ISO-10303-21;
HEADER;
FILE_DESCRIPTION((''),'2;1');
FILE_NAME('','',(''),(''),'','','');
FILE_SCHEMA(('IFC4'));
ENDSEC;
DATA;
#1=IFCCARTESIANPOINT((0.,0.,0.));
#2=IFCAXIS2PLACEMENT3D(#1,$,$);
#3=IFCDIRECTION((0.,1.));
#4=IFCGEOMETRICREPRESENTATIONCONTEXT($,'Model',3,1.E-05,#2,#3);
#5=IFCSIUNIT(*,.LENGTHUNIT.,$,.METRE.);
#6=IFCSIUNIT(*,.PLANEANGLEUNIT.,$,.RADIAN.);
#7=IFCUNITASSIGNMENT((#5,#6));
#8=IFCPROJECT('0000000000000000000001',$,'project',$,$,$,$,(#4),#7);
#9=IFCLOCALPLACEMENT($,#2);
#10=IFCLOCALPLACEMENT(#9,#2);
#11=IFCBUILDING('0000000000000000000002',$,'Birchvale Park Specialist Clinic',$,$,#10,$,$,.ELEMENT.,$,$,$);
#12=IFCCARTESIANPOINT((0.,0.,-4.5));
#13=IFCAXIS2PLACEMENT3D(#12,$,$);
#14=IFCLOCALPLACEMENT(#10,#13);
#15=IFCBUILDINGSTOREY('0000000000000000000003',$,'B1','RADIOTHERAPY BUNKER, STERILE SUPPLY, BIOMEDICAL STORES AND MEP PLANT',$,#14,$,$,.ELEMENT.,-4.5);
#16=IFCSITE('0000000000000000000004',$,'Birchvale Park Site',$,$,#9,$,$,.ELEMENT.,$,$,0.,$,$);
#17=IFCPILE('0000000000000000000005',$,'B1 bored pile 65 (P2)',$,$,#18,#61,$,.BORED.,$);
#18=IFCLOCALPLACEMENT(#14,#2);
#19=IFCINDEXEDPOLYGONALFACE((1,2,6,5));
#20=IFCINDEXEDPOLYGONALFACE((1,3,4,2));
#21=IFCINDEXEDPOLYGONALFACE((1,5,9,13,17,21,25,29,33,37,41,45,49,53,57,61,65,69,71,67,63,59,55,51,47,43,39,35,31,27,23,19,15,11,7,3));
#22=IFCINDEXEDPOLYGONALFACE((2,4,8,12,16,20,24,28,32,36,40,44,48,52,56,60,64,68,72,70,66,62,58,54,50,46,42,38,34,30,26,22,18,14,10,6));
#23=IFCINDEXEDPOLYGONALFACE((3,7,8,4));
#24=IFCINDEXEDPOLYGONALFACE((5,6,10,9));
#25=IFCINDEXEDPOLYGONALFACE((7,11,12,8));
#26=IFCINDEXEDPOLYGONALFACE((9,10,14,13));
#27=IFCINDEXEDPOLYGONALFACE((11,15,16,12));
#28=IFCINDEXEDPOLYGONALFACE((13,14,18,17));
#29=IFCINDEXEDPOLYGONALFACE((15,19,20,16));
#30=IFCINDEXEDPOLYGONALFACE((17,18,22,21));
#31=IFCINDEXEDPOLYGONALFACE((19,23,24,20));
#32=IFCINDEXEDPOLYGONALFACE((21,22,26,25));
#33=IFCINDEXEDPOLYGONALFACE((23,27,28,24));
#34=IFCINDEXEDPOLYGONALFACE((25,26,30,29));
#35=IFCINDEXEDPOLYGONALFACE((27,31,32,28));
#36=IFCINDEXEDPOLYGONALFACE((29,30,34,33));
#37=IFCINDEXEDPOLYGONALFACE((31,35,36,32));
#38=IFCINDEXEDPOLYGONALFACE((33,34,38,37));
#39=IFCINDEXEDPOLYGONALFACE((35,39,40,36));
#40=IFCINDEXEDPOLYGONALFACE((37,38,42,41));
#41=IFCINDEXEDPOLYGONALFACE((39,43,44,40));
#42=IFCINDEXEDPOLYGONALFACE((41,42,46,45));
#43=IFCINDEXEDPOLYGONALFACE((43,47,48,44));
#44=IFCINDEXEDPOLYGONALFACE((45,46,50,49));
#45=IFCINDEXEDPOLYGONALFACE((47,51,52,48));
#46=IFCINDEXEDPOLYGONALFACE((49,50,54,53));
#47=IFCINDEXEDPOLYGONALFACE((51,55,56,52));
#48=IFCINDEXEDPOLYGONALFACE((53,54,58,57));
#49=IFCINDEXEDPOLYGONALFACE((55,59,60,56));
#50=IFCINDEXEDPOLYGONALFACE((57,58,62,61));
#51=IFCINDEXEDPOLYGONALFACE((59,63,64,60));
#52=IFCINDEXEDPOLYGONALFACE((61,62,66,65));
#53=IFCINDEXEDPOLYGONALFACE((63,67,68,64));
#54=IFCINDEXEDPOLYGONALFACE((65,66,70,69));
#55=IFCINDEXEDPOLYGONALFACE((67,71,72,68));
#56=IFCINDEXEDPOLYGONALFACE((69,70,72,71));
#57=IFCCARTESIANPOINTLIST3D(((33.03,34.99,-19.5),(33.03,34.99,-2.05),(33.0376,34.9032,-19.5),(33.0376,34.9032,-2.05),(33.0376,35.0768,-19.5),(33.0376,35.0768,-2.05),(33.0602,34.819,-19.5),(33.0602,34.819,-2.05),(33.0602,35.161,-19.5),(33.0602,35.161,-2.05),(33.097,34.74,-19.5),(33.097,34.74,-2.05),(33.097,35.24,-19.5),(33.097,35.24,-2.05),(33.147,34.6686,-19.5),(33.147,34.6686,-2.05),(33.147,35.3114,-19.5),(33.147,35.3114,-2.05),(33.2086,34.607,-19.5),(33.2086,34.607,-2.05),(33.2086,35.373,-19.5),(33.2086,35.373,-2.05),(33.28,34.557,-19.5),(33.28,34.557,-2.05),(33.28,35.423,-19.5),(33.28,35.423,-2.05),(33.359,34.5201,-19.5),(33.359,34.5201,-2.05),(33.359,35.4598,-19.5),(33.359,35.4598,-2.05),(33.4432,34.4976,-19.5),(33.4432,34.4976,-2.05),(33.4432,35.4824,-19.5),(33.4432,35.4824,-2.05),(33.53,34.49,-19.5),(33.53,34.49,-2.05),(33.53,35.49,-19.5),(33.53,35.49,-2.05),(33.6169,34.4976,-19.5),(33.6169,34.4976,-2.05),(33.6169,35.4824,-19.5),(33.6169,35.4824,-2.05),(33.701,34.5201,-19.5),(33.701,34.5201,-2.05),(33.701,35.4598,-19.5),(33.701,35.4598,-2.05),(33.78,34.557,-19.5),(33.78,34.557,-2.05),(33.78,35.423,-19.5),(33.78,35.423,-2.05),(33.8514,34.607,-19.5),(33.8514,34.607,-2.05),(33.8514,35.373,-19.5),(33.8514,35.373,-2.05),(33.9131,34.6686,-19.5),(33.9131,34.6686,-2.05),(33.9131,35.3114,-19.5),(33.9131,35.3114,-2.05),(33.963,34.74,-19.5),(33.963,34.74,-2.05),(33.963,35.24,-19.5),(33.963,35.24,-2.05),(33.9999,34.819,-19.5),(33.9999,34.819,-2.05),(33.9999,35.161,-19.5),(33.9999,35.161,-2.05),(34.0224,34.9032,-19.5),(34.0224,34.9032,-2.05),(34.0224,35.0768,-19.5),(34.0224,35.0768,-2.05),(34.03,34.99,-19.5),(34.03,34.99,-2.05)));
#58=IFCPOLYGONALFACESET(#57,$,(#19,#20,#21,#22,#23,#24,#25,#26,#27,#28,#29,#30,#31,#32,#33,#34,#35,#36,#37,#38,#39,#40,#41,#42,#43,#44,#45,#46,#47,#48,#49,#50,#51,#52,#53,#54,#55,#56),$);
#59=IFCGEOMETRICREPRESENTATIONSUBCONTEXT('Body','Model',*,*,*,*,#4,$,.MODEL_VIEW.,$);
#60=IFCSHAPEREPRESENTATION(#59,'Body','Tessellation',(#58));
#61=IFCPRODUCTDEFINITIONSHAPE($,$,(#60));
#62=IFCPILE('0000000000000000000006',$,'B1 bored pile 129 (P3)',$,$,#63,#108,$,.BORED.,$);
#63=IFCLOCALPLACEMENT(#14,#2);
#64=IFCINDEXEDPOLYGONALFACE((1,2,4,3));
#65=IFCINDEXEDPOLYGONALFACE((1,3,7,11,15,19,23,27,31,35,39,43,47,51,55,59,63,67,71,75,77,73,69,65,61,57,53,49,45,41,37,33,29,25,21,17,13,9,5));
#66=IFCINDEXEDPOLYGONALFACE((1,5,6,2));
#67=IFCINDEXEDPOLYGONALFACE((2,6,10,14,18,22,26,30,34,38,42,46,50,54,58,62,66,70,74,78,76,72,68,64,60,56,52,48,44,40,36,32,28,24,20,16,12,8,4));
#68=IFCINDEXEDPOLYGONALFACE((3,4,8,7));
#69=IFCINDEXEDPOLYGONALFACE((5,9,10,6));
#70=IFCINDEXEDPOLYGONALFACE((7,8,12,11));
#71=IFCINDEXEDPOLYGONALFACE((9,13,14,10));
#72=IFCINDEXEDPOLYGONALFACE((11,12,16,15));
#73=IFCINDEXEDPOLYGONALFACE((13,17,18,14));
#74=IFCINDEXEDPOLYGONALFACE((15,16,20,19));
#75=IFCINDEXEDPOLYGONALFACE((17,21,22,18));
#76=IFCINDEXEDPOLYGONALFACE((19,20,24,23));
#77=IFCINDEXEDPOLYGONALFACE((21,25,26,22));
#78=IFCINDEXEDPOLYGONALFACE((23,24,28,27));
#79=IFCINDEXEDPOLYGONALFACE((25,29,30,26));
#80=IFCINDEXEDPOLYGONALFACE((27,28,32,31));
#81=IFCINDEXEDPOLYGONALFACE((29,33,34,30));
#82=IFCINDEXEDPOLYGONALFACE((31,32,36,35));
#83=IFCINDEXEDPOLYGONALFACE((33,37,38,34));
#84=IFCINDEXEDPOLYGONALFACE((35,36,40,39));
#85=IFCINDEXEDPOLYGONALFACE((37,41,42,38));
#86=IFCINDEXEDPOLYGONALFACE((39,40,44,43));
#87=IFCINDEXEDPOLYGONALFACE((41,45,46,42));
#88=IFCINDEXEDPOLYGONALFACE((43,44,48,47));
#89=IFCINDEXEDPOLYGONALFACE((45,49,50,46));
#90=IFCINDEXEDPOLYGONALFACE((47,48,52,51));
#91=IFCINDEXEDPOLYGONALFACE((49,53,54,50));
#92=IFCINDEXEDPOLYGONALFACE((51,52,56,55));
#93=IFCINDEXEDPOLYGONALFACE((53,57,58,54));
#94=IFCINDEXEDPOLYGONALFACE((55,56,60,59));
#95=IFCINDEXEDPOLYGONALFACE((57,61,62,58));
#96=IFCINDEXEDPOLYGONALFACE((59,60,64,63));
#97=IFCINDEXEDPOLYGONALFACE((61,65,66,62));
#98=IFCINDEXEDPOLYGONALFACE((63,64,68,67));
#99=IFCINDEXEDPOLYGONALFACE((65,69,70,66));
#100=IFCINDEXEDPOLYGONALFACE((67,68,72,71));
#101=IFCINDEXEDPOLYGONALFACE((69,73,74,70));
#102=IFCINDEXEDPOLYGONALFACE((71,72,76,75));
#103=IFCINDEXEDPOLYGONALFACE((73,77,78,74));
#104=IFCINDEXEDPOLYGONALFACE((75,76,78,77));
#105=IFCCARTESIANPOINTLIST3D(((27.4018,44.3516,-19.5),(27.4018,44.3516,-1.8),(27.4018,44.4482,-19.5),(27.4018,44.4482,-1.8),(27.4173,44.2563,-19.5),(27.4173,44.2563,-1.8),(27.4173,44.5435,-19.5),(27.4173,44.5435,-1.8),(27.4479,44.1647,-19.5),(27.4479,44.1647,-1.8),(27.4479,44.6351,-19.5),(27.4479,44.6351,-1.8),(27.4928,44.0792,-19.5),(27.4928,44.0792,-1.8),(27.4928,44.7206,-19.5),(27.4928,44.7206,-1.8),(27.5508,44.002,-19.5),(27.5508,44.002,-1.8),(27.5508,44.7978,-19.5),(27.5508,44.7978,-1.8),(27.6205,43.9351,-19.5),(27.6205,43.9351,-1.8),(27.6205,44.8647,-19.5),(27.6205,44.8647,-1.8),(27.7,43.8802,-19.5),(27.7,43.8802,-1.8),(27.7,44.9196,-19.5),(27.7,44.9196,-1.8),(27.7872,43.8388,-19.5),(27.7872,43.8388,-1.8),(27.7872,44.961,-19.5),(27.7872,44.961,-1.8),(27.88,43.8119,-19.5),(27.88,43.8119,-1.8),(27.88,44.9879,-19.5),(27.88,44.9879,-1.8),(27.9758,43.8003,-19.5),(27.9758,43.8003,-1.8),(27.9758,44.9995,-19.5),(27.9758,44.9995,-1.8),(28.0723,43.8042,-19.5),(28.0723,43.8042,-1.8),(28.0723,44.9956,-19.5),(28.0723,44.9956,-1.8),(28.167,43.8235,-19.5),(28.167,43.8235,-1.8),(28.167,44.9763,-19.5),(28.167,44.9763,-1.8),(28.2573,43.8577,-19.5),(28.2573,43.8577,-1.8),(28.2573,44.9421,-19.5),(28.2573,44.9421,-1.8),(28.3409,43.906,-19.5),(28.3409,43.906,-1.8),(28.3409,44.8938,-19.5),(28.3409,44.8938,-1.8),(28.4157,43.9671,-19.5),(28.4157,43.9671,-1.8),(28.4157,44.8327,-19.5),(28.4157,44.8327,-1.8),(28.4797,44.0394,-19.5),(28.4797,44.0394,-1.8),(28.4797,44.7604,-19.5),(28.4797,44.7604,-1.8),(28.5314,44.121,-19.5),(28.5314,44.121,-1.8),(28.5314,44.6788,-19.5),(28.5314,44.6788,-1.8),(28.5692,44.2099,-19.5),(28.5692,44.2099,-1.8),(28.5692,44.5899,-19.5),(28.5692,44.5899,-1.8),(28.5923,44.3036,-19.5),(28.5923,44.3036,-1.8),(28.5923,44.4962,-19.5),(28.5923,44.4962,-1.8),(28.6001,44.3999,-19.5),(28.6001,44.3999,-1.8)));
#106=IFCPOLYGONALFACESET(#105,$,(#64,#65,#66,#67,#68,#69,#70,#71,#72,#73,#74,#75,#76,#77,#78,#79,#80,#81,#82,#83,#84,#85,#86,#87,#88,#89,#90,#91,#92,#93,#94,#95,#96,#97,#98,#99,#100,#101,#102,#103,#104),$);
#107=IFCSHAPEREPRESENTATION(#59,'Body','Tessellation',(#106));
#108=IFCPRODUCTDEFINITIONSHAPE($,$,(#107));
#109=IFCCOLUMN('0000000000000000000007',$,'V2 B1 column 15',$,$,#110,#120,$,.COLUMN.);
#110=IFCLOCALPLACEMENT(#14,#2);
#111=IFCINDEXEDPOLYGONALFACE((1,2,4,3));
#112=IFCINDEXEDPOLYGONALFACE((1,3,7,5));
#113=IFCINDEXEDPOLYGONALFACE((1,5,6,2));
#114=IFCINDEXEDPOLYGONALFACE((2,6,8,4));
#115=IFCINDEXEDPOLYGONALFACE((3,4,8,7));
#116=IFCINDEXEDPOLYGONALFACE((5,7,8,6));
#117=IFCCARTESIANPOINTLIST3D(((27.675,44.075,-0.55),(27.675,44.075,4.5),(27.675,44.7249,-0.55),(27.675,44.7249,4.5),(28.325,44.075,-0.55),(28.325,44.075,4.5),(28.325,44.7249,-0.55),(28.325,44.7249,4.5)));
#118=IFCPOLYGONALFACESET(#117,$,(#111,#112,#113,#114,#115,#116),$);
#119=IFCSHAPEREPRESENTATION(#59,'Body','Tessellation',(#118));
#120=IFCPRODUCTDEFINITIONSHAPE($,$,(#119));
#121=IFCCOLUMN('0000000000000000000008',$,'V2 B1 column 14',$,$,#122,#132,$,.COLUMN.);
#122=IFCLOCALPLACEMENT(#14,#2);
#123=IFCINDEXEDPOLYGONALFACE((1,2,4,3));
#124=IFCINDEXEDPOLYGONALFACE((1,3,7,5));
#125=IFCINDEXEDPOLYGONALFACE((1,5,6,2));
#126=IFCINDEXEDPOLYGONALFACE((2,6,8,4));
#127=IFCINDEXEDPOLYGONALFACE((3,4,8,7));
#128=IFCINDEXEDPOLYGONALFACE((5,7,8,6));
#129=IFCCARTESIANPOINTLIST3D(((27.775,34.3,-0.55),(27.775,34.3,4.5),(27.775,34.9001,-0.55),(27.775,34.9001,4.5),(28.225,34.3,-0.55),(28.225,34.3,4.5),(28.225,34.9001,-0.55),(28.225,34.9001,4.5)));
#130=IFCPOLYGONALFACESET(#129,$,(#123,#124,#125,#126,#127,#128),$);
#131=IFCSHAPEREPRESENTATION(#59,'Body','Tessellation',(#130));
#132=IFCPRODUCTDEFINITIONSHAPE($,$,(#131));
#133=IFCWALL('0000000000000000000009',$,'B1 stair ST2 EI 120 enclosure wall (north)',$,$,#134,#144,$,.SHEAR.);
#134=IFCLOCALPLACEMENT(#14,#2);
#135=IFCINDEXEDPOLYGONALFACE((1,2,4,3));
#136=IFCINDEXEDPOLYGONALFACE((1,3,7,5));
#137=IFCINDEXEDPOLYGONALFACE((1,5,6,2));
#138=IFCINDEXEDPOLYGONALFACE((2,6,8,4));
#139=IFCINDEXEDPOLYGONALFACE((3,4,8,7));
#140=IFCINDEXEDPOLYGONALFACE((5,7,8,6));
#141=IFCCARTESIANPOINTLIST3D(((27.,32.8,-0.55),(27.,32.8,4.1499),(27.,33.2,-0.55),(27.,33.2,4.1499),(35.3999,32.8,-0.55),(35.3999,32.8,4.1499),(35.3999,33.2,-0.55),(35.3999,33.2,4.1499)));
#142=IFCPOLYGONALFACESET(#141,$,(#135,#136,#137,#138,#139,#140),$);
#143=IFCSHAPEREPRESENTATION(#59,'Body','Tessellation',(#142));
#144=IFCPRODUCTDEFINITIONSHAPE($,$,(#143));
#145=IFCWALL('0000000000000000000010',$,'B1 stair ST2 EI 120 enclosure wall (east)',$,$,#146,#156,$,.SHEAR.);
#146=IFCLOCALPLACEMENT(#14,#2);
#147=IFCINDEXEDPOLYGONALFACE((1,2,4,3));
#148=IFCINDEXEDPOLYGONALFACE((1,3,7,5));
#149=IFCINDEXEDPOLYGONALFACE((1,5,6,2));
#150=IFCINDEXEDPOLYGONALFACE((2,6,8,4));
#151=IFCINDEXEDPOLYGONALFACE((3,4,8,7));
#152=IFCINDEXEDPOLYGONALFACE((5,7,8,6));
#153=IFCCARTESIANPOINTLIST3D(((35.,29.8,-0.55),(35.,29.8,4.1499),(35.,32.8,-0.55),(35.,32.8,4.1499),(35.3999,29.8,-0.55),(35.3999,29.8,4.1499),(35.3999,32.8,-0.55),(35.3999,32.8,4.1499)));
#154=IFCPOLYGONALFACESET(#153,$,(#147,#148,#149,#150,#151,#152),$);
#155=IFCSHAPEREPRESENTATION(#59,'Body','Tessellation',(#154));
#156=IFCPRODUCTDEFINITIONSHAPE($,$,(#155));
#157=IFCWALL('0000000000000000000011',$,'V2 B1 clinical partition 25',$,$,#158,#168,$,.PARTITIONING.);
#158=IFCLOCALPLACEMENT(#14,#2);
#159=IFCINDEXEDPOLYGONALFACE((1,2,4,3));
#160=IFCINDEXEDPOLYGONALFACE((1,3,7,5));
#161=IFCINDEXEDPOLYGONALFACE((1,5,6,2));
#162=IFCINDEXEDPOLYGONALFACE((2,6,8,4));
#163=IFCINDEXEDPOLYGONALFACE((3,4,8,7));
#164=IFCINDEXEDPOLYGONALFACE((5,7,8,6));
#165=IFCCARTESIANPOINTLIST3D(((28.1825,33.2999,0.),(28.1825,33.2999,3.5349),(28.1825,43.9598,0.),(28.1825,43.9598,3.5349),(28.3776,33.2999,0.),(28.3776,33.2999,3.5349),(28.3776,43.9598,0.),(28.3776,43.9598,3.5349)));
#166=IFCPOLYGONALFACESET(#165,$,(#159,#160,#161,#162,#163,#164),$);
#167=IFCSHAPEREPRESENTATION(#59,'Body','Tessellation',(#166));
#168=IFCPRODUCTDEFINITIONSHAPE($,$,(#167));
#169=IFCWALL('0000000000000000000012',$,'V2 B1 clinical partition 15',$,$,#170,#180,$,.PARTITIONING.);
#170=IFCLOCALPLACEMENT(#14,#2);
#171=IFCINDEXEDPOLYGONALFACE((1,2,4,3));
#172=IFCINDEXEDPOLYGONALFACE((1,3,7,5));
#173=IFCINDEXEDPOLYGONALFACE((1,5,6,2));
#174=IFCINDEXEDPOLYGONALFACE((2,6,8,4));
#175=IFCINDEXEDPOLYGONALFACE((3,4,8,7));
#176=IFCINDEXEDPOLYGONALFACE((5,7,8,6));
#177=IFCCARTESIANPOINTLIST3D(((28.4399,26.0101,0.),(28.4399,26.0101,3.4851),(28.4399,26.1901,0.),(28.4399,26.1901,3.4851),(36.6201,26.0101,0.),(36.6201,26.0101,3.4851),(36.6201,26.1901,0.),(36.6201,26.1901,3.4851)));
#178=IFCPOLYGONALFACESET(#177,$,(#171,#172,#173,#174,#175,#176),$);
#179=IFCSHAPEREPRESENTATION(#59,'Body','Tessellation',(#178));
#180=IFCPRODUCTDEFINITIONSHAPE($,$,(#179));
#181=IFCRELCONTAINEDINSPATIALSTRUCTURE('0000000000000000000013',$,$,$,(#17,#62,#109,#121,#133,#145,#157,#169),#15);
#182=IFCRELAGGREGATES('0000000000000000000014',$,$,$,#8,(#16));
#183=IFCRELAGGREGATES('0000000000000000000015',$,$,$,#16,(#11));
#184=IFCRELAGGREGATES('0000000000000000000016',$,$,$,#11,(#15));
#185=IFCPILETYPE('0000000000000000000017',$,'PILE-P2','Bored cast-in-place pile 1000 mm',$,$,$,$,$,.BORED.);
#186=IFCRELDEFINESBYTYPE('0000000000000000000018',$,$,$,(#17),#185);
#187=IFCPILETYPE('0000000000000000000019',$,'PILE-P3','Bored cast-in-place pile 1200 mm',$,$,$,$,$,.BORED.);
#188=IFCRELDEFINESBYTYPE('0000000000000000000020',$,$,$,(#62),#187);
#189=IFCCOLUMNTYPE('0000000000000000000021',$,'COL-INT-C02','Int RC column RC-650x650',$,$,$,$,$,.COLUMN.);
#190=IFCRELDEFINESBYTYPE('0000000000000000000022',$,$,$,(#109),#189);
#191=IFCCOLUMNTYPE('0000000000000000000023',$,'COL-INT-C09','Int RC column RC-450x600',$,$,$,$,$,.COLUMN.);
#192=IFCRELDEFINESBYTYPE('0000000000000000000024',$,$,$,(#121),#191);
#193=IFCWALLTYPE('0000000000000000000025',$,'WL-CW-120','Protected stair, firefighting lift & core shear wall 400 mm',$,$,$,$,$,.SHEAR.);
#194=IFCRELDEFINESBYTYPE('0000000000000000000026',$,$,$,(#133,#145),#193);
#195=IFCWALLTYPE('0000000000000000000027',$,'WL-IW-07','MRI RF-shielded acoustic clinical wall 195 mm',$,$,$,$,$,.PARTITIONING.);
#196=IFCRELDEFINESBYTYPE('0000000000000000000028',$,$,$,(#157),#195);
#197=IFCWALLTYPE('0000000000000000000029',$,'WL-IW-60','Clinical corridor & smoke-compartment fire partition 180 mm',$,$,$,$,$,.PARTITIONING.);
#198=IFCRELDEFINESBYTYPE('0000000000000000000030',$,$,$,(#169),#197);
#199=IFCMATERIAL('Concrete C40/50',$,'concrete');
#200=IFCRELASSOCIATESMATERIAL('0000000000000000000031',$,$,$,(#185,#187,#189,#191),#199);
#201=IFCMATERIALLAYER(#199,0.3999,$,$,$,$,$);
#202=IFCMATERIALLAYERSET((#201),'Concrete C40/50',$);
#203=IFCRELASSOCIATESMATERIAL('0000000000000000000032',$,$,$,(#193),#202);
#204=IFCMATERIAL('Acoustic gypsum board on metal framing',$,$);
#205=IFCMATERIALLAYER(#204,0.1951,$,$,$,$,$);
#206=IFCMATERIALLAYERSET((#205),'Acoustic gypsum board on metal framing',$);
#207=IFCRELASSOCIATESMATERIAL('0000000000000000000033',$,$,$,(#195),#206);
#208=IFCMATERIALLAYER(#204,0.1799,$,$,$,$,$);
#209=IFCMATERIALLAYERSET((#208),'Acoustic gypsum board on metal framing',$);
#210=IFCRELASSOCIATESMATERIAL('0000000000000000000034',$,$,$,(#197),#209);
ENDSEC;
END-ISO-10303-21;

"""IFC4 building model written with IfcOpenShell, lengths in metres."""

from ifc_helpers import new_model, si_unit, direction, frame, frame_2d, origin, origin_2d, place, context, subcontext, project, spatial, rectangle, circle, extrude, material, layer, layer_set, material_profile, profile_set, type_object, element, save


model = new_model("IFC4")

# Units and contexts
model_context = context("Model", 3, precision=1e-05, world=origin(), true_north=direction((0.0, 1.0)))
body_context = subcontext(model_context, "Body", "Model", "MODEL_VIEW")
ifc_project = project(units=[si_unit("LENGTHUNIT", "METRE"), si_unit("PLANEANGLEUNIT", "RADIAN")], contexts=[model_context])

# Site, building, storey
site_placement = place(None, origin())
site = spatial("IfcSite", under=ifc_project, at=site_placement, Name="Birchvale Park Site", CompositionType="ELEMENT", RefElevation=0.0)
building_placement = place(site_placement, origin())
building = spatial("IfcBuilding", under=site, at=building_placement, Name="Birchvale Park Specialist Clinic", CompositionType="ELEMENT")
storey_placement = place(building_placement, frame((0.0, 0.0, -4.5)))
storey = spatial("IfcBuildingStorey", under=building, at=storey_placement, Name="B1", Description="RADIOTHERAPY BUNKER, STERILE SUPPLY, BIOMEDICAL STORES AND MEP PLANT", CompositionType="ELEMENT", Elevation=-4.5)

# Shared definitions
ifc_material_1 = material(Name="Concrete C40/50", Category="concrete")

# Piles
ifc_material_profile_1 = material_profile(ifc_material_1, circle(Radius=0.5, at=origin_2d()), Name="PILE-1000")
ifc_profile_set_1 = profile_set([ifc_material_profile_1], Name="Concrete C40/50")
pile_type_1 = type_object("IfcPileType", Name="PILE-P2", Description="Bored cast-in-place pile 1000 mm", PredefinedType="BORED", material=ifc_profile_set_1)
for number, where, z_axis, x_axis, name in (
    (1, (33.53, 34.99, -2.05), (0.0, 0.0, -1.0), (1.0, 0.0, 0.0), "B1 bored pile 65 (P2)"),
):
    element("IfcPile", number, at=place(storey_placement, frame(where, z_axis=z_axis, x_axis=x_axis)), inside=storey, type_object=pile_type_1, Name=name, PredefinedType="BORED", context=body_context, shape_type="SweptSolid", body=[
        extrude(circle(Radius=0.5, at=origin_2d()), origin(), (0.0, 0.0, 1.0), 17.45),
    ])
ifc_material_profile_2 = material_profile(ifc_material_1, circle(Radius=0.6001, at=origin_2d()), Name="PILE-1200")
ifc_profile_set_2 = profile_set([ifc_material_profile_2], Name="Concrete C40/50")
pile_type_2 = type_object("IfcPileType", Name="PILE-P3", Description="Bored cast-in-place pile 1200 mm", PredefinedType="BORED", material=ifc_profile_set_2)
pile_placement = place(storey_placement, frame((28.0, 44.3999, -1.8), z_axis=(0.0, 0.0, -1.0), x_axis=(1.0, 0.0, 0.0)))
element("IfcPile", 2, at=pile_placement, inside=storey, type_object=pile_type_2, Name="B1 bored pile 129 (P3)", PredefinedType="BORED", context=body_context, shape_type="SweptSolid", body=[
    extrude(circle(Radius=0.6001, at=origin_2d()), origin(), (0.0, 0.0, 1.0), 17.7),
])

# Columns
ifc_material_profile_3 = material_profile(ifc_material_1, rectangle(XDim=0.6499, YDim=0.6499, at=origin_2d()), Name="RC-650x650")
ifc_profile_set_3 = profile_set([ifc_material_profile_3], Name="Concrete C40/50")
column_type_1 = type_object("IfcColumnType", Name="COL-INT-C02", Description="Int RC column RC-650x650", PredefinedType="COLUMN", material=ifc_profile_set_3)
column_1_placement = place(storey_placement, frame((28.0, 44.3999, -0.55), z_axis=(0.0, 0.0, 1.0), x_axis=(1.0, 0.0, 0.0)))
element("IfcColumn", 3, at=column_1_placement, inside=storey, type_object=column_type_1, Name="V2 B1 column 15", PredefinedType="COLUMN", context=body_context, shape_type="SweptSolid", body=[
    extrude(rectangle(XDim=0.6499, YDim=0.6499, at=origin_2d()), origin(), (0.0, 0.0, 1.0), 5.05),
])
ifc_material_profile_4 = material_profile(ifc_material_1, rectangle(XDim=0.45, YDim=0.6001, at=origin_2d()), Name="RC-450x600")
ifc_profile_set_4 = profile_set([ifc_material_profile_4], Name="Concrete C40/50")
column_type_2 = type_object("IfcColumnType", Name="COL-INT-C09", Description="Int RC column RC-450x600", PredefinedType="COLUMN", material=ifc_profile_set_4)
column_2_placement = place(storey_placement, frame((28.0, 34.6001, -0.55), z_axis=(0.0, 0.0, 1.0), x_axis=(1.0, 0.0, 0.0)))
element("IfcColumn", 4, at=column_2_placement, inside=storey, type_object=column_type_2, Name="V2 B1 column 14", PredefinedType="COLUMN", context=body_context, shape_type="SweptSolid", body=[
    extrude(rectangle(XDim=0.45, YDim=0.6001, at=origin_2d()), origin(), (0.0, 0.0, 1.0), 5.05),
])

# Walls
ifc_layer_1 = layer(ifc_material_1, 0.3999)
ifc_layer_set_1 = layer_set([ifc_layer_1], Name="Concrete C40/50")
wall_type_1 = type_object("IfcWallType", Name="WL-CW-120", Description="Protected stair, firefighting lift & core shear wall 400 mm", PredefinedType="SHEAR", material=ifc_layer_set_1)
wall_1_placement = place(storey_placement, frame((35.3999, 33.0, -0.55), z_axis=(0.0, 0.0, 1.0), x_axis=(-1.0, 0.0, 0.0)))
element("IfcWall", 5, at=wall_1_placement, inside=storey, type_object=wall_type_1, Name="B1 stair ST2 EI 120 enclosure wall (north)", PredefinedType="SHEAR", context=body_context, shape_type="SweptSolid", body=[
    extrude(rectangle(XDim=8.3999, YDim=0.3999, at=frame_2d((4.2, 0.0))), origin(), (0.0, 0.0, 1.0), 4.7),
])
wall_2_placement = place(storey_placement, frame((35.2, 32.8, -0.55), z_axis=(0.0, 0.0, 1.0), x_axis=(0.0, -1.0, 0.0)))
element("IfcWall", 6, at=wall_2_placement, inside=storey, type_object=wall_type_1, Name="B1 stair ST2 EI 120 enclosure wall (east)", PredefinedType="SHEAR", context=body_context, shape_type="SweptSolid", body=[
    extrude(rectangle(XDim=3.0, YDim=0.3999, at=frame_2d((1.5, 0.0))), origin(), (0.0, 0.0, 1.0), 4.7),
])
ifc_material_2 = material(Name="Acoustic gypsum board on metal framing")
ifc_layer_2 = layer(ifc_material_2, 0.1951)
ifc_layer_set_2 = layer_set([ifc_layer_2], Name="Acoustic gypsum board on metal framing")
wall_type_2 = type_object("IfcWallType", Name="WL-IW-07", Description="MRI RF-shielded acoustic clinical wall 195 mm", PredefinedType="PARTITIONING", material=ifc_layer_set_2)
wall_3_placement = place(storey_placement, frame((28.28, 43.96, 0.0), z_axis=(0.0, 0.0, 1.0), x_axis=(0.0, -1.0, 0.0)))
element("IfcWall", 7, at=wall_3_placement, inside=storey, type_object=wall_type_2, Name="V2 B1 clinical partition 25", PredefinedType="PARTITIONING", context=body_context, shape_type="SweptSolid", body=[
    extrude(rectangle(XDim=10.6599, YDim=0.1951, at=frame_2d((5.3301, 0.0))), origin(), (0.0, 0.0, 1.0), 3.5349),
])
ifc_layer_3 = layer(ifc_material_2, 0.1799)
ifc_layer_set_3 = layer_set([ifc_layer_3], Name="Acoustic gypsum board on metal framing")
wall_type_3 = type_object("IfcWallType", Name="WL-IW-60", Description="Clinical corridor & smoke-compartment fire partition 180 mm", PredefinedType="PARTITIONING", material=ifc_layer_set_3)
wall_4_placement = place(storey_placement, frame((28.4399, 26.1001, 0.0), z_axis=(0.0, 0.0, 1.0), x_axis=(1.0, 0.0, 0.0)))
element("IfcWall", 8, at=wall_4_placement, inside=storey, type_object=wall_type_3, Name="V2 B1 clinical partition 15", PredefinedType="PARTITIONING", context=body_context, shape_type="SweptSolid", body=[
    extrude(rectangle(XDim=8.1802, YDim=0.1799, at=frame_2d((4.0901, 0.0))), origin(), (0.0, 0.0, 1.0), 3.4851),
])

save(model, "model.ifc")
